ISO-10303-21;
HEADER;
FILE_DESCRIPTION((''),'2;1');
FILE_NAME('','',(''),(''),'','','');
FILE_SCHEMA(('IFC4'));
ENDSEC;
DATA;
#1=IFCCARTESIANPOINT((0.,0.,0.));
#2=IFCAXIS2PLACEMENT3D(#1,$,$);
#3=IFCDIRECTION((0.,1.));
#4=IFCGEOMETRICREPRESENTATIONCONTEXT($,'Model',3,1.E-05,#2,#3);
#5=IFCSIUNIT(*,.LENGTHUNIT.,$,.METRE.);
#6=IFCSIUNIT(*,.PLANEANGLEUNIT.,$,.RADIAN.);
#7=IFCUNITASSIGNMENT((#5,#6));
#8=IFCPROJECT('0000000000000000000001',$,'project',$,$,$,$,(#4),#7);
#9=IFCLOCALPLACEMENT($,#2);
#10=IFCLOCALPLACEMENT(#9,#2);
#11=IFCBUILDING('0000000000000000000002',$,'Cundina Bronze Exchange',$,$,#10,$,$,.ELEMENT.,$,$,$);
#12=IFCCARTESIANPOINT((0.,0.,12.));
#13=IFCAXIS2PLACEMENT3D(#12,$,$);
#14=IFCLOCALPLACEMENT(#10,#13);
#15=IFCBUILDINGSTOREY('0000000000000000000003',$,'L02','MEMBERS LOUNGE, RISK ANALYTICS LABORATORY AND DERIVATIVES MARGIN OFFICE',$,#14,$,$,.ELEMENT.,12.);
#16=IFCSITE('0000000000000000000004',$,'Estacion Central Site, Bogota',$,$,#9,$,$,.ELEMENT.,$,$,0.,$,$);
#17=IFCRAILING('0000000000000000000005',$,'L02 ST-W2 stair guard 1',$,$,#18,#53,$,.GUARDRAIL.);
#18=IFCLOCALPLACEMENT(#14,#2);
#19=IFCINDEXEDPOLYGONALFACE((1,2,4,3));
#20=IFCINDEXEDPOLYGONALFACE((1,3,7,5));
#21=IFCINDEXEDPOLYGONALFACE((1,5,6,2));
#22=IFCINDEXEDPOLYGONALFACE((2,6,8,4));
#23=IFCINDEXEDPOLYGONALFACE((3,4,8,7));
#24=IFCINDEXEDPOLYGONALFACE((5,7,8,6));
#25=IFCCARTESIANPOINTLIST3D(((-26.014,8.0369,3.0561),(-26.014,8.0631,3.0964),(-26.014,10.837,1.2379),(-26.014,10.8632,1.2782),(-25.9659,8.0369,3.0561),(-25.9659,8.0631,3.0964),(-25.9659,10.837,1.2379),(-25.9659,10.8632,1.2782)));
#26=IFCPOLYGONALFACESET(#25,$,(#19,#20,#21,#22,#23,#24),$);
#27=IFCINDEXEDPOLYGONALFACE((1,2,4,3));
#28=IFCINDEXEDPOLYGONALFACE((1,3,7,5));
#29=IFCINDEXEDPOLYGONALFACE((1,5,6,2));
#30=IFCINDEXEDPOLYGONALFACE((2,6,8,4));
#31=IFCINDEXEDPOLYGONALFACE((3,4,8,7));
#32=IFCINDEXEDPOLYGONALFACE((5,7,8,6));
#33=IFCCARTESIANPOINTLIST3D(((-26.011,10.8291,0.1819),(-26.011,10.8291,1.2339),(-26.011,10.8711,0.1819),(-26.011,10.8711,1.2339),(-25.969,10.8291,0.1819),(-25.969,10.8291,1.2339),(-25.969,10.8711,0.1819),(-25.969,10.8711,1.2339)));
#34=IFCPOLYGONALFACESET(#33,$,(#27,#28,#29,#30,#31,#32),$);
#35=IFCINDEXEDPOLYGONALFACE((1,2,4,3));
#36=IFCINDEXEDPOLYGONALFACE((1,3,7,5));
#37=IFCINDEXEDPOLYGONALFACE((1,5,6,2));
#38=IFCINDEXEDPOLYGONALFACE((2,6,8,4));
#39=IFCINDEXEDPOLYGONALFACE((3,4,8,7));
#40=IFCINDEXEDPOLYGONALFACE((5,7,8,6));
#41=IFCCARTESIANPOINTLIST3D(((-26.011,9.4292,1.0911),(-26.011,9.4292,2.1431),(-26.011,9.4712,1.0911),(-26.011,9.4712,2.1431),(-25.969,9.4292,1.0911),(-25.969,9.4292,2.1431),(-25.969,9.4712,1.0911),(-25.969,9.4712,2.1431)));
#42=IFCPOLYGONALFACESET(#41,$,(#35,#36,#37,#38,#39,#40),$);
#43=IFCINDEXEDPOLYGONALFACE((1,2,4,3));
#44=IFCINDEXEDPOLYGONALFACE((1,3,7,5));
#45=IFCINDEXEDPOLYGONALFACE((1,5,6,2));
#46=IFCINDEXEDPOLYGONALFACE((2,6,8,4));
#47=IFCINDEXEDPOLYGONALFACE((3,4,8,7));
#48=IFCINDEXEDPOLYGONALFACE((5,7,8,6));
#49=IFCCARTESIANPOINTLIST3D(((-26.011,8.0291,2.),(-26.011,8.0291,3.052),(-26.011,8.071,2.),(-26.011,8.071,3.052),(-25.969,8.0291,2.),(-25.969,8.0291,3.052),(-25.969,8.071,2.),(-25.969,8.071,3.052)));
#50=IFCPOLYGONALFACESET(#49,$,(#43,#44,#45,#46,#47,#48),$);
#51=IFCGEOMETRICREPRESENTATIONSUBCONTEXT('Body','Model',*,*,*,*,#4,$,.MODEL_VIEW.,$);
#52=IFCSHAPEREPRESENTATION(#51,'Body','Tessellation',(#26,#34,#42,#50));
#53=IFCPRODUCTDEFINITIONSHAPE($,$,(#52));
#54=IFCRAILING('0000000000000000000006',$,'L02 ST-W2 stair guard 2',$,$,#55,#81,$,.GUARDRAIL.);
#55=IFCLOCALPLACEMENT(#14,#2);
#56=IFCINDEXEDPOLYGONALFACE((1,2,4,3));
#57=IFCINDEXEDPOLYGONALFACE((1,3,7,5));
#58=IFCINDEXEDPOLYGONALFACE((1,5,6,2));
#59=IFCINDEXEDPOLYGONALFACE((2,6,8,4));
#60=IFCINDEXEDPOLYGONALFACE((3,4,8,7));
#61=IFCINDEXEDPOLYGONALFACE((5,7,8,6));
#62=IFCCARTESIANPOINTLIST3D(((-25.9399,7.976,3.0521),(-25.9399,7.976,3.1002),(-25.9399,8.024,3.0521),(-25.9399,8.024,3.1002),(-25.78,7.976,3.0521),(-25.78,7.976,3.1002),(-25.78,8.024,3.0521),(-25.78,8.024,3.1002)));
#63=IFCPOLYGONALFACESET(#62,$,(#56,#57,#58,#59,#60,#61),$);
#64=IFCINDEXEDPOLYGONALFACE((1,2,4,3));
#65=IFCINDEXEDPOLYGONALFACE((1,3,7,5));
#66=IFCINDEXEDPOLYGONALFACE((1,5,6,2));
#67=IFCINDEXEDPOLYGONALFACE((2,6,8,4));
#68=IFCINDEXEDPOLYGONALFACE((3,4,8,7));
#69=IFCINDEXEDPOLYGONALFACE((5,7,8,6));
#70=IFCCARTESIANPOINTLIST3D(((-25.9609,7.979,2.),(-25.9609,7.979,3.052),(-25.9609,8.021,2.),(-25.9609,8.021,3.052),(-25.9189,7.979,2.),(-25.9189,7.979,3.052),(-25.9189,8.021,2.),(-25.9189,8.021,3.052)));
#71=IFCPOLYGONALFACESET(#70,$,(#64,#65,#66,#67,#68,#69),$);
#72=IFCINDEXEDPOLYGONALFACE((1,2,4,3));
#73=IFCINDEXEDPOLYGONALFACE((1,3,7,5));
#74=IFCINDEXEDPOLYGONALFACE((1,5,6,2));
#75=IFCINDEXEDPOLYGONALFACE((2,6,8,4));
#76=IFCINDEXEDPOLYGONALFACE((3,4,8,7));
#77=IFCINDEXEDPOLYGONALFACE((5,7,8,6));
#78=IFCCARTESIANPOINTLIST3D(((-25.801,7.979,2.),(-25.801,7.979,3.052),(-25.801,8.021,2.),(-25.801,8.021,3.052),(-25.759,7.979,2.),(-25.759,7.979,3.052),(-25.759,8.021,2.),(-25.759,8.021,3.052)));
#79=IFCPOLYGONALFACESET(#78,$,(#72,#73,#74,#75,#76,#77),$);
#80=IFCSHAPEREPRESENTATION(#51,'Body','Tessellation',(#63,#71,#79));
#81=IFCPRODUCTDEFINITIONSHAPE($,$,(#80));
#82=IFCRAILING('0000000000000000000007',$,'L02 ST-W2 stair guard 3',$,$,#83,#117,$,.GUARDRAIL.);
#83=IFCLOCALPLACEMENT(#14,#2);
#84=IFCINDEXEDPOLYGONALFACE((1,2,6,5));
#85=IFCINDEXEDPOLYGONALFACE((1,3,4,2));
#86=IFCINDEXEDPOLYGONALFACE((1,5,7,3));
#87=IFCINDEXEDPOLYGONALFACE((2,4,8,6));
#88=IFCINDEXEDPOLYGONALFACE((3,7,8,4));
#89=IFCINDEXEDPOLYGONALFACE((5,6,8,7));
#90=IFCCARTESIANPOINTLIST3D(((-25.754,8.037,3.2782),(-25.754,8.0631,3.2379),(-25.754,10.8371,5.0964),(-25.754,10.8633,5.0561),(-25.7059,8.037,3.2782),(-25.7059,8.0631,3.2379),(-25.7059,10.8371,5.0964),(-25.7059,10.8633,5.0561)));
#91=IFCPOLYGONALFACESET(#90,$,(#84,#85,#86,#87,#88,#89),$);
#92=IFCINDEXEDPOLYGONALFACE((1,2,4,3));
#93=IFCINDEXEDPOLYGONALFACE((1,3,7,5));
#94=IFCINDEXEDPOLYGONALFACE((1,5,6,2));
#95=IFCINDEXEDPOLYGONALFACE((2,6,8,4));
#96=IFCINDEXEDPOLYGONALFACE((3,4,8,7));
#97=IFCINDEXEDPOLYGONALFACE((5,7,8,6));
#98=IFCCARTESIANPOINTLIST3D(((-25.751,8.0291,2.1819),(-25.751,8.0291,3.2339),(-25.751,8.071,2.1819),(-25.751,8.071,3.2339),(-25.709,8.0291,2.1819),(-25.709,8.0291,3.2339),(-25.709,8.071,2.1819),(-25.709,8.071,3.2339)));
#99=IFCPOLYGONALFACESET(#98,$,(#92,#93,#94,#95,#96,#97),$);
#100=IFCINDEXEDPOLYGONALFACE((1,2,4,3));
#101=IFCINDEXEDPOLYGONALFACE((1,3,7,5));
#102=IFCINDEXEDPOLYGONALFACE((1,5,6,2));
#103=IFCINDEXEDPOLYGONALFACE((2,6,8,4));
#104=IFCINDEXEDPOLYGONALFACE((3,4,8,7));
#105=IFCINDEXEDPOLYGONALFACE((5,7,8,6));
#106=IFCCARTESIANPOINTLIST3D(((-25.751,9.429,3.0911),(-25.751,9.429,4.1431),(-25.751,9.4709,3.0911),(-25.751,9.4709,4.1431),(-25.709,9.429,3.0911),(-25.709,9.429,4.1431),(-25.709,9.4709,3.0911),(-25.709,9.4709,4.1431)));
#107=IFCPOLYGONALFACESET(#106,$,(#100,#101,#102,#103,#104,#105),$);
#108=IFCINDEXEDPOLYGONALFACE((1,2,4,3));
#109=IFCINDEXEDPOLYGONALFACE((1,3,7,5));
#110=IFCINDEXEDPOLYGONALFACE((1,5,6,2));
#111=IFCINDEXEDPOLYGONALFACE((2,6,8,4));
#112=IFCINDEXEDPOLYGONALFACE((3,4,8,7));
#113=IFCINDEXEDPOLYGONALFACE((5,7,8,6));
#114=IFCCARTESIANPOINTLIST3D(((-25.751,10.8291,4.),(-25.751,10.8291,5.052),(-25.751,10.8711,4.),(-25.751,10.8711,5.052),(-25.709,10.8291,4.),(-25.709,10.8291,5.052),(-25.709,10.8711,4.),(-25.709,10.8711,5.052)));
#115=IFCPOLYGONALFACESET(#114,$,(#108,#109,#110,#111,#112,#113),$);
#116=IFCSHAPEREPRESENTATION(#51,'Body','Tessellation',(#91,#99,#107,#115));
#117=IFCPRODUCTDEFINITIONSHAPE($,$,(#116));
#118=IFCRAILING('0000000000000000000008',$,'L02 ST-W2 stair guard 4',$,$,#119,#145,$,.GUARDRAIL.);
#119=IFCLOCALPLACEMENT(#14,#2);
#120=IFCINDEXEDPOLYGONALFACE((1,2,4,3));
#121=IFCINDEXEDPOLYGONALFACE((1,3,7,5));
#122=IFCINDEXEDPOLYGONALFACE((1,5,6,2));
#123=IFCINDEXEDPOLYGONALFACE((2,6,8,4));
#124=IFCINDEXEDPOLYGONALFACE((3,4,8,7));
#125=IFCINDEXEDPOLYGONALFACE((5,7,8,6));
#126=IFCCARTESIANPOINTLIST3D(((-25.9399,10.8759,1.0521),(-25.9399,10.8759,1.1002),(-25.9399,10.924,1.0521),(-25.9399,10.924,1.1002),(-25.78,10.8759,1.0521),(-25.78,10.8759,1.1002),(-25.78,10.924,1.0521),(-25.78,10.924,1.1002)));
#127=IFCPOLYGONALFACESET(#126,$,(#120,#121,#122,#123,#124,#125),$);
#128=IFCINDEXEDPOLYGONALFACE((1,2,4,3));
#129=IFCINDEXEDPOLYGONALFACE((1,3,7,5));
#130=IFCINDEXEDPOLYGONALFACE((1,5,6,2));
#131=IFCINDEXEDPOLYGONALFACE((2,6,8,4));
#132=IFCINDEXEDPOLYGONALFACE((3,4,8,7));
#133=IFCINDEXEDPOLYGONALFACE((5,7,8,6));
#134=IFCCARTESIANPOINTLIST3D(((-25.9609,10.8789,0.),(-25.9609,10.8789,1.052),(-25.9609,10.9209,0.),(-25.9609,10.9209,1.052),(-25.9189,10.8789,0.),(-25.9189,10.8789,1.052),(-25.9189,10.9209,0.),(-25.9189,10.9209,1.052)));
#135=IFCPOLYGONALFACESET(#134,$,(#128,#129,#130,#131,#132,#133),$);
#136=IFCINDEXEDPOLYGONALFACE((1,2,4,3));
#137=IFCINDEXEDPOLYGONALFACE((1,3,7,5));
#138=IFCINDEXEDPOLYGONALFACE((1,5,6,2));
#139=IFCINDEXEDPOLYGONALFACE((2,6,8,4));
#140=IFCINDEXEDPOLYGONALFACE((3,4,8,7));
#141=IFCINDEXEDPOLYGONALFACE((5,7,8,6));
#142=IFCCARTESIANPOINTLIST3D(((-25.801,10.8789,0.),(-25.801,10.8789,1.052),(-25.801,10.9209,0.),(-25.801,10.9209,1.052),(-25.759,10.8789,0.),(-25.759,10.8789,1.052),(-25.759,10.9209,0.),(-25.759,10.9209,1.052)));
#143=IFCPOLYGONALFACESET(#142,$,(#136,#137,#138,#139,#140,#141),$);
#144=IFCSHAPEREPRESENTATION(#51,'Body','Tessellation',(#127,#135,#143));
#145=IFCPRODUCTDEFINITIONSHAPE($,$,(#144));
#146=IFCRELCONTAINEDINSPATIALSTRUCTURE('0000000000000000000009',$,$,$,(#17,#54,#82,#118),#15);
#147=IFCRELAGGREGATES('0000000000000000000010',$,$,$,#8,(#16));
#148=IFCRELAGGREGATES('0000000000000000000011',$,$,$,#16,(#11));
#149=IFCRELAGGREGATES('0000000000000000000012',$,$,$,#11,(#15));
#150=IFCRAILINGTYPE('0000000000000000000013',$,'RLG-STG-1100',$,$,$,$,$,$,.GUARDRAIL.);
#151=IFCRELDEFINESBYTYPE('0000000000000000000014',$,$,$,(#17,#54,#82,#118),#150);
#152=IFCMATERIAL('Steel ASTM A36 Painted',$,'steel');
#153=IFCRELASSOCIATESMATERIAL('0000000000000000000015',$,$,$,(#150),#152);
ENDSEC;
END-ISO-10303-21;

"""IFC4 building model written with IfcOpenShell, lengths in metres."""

from ifc_helpers import new_model, si_unit, direction, frame, origin, origin_2d, place, context, subcontext, project, spatial, rectangle, extrude, material, type_object, element, save


model = new_model("IFC4")

# Units and contexts
model_context = context("Model", 3, precision=1e-05, world=origin(), true_north=direction((0.0, 1.0)))
body_context = subcontext(model_context, "Body", "Model", "MODEL_VIEW")
ifc_project = project(units=[si_unit("LENGTHUNIT", "METRE"), si_unit("PLANEANGLEUNIT", "RADIAN")], contexts=[model_context])

# Site, building, storey
site_placement = place(None, origin())
site = spatial("IfcSite", under=ifc_project, at=site_placement, Name="Estacion Central Site, Bogota", CompositionType="ELEMENT", RefElevation=0.0)
building_placement = place(site_placement, origin())
building = spatial("IfcBuilding", under=site, at=building_placement, Name="Cundina Bronze Exchange", CompositionType="ELEMENT")
storey_placement = place(building_placement, frame((0.0, 0.0, 12.0)))
storey = spatial("IfcBuildingStorey", under=building, at=storey_placement, Name="L02", Description="MEMBERS LOUNGE, RISK ANALYTICS LABORATORY AND DERIVATIVES MARGIN OFFICE", CompositionType="ELEMENT", Elevation=12.0)

# Shared definitions
ifc_material_1 = material(Name="Steel ASTM A36 Painted", Category="steel")

# Railings
railing_type_1 = type_object("IfcRailingType", Name="RLG-STG-1100", PredefinedType="GUARDRAIL", material=ifc_material_1)
railing_1_placement = place(storey_placement, frame((-25.99, 10.8501, 0.1819)))
element("IfcRailing", 1, at=railing_1_placement, inside=storey, type_object=railing_type_1, Name="L02 ST-W2 stair guard 1", PredefinedType="GUARDRAIL", context=body_context, shape_type="SweptSolid", body=[
    extrude(rectangle(XDim=0.0481, YDim=0.0481, at=origin_2d()), frame((0.0, 0.0, 1.0762), z_axis=(0.0, -0.838706, 0.544585), x_axis=(1.0, 0.0, 0.0)), (0.0, 0.0, 1.0), 3.3386),
    extrude(rectangle(XDim=0.042, YDim=0.042, at=origin_2d()), origin(), (0.0, 0.0, 1.0), 1.052),
    extrude(rectangle(XDim=0.042, YDim=0.042, at=origin_2d()), frame((0.0, -1.3999, 0.9092)), (0.0, 0.0, 1.0), 1.052),
    extrude(rectangle(XDim=0.042, YDim=0.042, at=origin_2d()), frame((0.0, -2.8, 1.8181)), (0.0, 0.0, 1.0), 1.052),
])
railing_2_placement = place(storey_placement, frame((-25.9399, 8.0, 2.0)))
element("IfcRailing", 2, at=railing_2_placement, inside=storey, type_object=railing_type_1, Name="L02 ST-W2 stair guard 2", PredefinedType="GUARDRAIL", context=body_context, shape_type="SweptSolid", body=[
    extrude(rectangle(XDim=0.0481, YDim=0.0481, at=origin_2d()), frame((0.0, 0.0, 1.0762), z_axis=(1.0, 0.0, 0.0), x_axis=(0.0, 1.0, 0.0)), (0.0, 0.0, 1.0), 0.1599),
    extrude(rectangle(XDim=0.042, YDim=0.042, at=origin_2d()), origin(), (0.0, 0.0, 1.0), 1.052),
    extrude(rectangle(XDim=0.042, YDim=0.042, at=origin_2d()), frame((0.1599, 0.0, 0.0)), (0.0, 0.0, 1.0), 1.052),
])
railing_3_placement = place(storey_placement, frame((-25.73, 8.05, 2.1819)))
element("IfcRailing", 3, at=railing_3_placement, inside=storey, type_object=railing_type_1, Name="L02 ST-W2 stair guard 3", PredefinedType="GUARDRAIL", context=body_context, shape_type="SweptSolid", body=[
    extrude(rectangle(XDim=0.0481, YDim=0.0481, at=origin_2d()), frame((0.0, 0.0, 1.0762), z_axis=(0.0, 0.838706, 0.544585), x_axis=(-1.0, 0.0, 0.0)), (0.0, 0.0, 1.0), 3.3386),
    extrude(rectangle(XDim=0.042, YDim=0.042, at=origin_2d()), origin(), (0.0, 0.0, 1.0), 1.052),
    extrude(rectangle(XDim=0.042, YDim=0.042, at=origin_2d()), frame((0.0, 1.3999, 0.9092)), (0.0, 0.0, 1.0), 1.052),
    extrude(rectangle(XDim=0.042, YDim=0.042, at=origin_2d()), frame((0.0, 2.8, 1.8181)), (0.0, 0.0, 1.0), 1.052),
])
railing_4_placement = place(storey_placement, frame((-25.9399, 10.8999, 0.0)))
element("IfcRailing", 4, at=railing_4_placement, inside=storey, type_object=railing_type_1, Name="L02 ST-W2 stair guard 4", PredefinedType="GUARDRAIL", context=body_context, shape_type="SweptSolid", body=[
    extrude(rectangle(XDim=0.0481, YDim=0.0481, at=origin_2d()), frame((0.0, 0.0, 1.0762), z_axis=(1.0, 0.0, 0.0), x_axis=(0.0, 1.0, 0.0)), (0.0, 0.0, 1.0), 0.1599),
    extrude(rectangle(XDim=0.042, YDim=0.042, at=origin_2d()), origin(), (0.0, 0.0, 1.0), 1.052),
    extrude(rectangle(XDim=0.042, YDim=0.042, at=origin_2d()), frame((0.1599, 0.0, 0.0)), (0.0, 0.0, 1.0), 1.052),
])

save(model, "model.ifc")
